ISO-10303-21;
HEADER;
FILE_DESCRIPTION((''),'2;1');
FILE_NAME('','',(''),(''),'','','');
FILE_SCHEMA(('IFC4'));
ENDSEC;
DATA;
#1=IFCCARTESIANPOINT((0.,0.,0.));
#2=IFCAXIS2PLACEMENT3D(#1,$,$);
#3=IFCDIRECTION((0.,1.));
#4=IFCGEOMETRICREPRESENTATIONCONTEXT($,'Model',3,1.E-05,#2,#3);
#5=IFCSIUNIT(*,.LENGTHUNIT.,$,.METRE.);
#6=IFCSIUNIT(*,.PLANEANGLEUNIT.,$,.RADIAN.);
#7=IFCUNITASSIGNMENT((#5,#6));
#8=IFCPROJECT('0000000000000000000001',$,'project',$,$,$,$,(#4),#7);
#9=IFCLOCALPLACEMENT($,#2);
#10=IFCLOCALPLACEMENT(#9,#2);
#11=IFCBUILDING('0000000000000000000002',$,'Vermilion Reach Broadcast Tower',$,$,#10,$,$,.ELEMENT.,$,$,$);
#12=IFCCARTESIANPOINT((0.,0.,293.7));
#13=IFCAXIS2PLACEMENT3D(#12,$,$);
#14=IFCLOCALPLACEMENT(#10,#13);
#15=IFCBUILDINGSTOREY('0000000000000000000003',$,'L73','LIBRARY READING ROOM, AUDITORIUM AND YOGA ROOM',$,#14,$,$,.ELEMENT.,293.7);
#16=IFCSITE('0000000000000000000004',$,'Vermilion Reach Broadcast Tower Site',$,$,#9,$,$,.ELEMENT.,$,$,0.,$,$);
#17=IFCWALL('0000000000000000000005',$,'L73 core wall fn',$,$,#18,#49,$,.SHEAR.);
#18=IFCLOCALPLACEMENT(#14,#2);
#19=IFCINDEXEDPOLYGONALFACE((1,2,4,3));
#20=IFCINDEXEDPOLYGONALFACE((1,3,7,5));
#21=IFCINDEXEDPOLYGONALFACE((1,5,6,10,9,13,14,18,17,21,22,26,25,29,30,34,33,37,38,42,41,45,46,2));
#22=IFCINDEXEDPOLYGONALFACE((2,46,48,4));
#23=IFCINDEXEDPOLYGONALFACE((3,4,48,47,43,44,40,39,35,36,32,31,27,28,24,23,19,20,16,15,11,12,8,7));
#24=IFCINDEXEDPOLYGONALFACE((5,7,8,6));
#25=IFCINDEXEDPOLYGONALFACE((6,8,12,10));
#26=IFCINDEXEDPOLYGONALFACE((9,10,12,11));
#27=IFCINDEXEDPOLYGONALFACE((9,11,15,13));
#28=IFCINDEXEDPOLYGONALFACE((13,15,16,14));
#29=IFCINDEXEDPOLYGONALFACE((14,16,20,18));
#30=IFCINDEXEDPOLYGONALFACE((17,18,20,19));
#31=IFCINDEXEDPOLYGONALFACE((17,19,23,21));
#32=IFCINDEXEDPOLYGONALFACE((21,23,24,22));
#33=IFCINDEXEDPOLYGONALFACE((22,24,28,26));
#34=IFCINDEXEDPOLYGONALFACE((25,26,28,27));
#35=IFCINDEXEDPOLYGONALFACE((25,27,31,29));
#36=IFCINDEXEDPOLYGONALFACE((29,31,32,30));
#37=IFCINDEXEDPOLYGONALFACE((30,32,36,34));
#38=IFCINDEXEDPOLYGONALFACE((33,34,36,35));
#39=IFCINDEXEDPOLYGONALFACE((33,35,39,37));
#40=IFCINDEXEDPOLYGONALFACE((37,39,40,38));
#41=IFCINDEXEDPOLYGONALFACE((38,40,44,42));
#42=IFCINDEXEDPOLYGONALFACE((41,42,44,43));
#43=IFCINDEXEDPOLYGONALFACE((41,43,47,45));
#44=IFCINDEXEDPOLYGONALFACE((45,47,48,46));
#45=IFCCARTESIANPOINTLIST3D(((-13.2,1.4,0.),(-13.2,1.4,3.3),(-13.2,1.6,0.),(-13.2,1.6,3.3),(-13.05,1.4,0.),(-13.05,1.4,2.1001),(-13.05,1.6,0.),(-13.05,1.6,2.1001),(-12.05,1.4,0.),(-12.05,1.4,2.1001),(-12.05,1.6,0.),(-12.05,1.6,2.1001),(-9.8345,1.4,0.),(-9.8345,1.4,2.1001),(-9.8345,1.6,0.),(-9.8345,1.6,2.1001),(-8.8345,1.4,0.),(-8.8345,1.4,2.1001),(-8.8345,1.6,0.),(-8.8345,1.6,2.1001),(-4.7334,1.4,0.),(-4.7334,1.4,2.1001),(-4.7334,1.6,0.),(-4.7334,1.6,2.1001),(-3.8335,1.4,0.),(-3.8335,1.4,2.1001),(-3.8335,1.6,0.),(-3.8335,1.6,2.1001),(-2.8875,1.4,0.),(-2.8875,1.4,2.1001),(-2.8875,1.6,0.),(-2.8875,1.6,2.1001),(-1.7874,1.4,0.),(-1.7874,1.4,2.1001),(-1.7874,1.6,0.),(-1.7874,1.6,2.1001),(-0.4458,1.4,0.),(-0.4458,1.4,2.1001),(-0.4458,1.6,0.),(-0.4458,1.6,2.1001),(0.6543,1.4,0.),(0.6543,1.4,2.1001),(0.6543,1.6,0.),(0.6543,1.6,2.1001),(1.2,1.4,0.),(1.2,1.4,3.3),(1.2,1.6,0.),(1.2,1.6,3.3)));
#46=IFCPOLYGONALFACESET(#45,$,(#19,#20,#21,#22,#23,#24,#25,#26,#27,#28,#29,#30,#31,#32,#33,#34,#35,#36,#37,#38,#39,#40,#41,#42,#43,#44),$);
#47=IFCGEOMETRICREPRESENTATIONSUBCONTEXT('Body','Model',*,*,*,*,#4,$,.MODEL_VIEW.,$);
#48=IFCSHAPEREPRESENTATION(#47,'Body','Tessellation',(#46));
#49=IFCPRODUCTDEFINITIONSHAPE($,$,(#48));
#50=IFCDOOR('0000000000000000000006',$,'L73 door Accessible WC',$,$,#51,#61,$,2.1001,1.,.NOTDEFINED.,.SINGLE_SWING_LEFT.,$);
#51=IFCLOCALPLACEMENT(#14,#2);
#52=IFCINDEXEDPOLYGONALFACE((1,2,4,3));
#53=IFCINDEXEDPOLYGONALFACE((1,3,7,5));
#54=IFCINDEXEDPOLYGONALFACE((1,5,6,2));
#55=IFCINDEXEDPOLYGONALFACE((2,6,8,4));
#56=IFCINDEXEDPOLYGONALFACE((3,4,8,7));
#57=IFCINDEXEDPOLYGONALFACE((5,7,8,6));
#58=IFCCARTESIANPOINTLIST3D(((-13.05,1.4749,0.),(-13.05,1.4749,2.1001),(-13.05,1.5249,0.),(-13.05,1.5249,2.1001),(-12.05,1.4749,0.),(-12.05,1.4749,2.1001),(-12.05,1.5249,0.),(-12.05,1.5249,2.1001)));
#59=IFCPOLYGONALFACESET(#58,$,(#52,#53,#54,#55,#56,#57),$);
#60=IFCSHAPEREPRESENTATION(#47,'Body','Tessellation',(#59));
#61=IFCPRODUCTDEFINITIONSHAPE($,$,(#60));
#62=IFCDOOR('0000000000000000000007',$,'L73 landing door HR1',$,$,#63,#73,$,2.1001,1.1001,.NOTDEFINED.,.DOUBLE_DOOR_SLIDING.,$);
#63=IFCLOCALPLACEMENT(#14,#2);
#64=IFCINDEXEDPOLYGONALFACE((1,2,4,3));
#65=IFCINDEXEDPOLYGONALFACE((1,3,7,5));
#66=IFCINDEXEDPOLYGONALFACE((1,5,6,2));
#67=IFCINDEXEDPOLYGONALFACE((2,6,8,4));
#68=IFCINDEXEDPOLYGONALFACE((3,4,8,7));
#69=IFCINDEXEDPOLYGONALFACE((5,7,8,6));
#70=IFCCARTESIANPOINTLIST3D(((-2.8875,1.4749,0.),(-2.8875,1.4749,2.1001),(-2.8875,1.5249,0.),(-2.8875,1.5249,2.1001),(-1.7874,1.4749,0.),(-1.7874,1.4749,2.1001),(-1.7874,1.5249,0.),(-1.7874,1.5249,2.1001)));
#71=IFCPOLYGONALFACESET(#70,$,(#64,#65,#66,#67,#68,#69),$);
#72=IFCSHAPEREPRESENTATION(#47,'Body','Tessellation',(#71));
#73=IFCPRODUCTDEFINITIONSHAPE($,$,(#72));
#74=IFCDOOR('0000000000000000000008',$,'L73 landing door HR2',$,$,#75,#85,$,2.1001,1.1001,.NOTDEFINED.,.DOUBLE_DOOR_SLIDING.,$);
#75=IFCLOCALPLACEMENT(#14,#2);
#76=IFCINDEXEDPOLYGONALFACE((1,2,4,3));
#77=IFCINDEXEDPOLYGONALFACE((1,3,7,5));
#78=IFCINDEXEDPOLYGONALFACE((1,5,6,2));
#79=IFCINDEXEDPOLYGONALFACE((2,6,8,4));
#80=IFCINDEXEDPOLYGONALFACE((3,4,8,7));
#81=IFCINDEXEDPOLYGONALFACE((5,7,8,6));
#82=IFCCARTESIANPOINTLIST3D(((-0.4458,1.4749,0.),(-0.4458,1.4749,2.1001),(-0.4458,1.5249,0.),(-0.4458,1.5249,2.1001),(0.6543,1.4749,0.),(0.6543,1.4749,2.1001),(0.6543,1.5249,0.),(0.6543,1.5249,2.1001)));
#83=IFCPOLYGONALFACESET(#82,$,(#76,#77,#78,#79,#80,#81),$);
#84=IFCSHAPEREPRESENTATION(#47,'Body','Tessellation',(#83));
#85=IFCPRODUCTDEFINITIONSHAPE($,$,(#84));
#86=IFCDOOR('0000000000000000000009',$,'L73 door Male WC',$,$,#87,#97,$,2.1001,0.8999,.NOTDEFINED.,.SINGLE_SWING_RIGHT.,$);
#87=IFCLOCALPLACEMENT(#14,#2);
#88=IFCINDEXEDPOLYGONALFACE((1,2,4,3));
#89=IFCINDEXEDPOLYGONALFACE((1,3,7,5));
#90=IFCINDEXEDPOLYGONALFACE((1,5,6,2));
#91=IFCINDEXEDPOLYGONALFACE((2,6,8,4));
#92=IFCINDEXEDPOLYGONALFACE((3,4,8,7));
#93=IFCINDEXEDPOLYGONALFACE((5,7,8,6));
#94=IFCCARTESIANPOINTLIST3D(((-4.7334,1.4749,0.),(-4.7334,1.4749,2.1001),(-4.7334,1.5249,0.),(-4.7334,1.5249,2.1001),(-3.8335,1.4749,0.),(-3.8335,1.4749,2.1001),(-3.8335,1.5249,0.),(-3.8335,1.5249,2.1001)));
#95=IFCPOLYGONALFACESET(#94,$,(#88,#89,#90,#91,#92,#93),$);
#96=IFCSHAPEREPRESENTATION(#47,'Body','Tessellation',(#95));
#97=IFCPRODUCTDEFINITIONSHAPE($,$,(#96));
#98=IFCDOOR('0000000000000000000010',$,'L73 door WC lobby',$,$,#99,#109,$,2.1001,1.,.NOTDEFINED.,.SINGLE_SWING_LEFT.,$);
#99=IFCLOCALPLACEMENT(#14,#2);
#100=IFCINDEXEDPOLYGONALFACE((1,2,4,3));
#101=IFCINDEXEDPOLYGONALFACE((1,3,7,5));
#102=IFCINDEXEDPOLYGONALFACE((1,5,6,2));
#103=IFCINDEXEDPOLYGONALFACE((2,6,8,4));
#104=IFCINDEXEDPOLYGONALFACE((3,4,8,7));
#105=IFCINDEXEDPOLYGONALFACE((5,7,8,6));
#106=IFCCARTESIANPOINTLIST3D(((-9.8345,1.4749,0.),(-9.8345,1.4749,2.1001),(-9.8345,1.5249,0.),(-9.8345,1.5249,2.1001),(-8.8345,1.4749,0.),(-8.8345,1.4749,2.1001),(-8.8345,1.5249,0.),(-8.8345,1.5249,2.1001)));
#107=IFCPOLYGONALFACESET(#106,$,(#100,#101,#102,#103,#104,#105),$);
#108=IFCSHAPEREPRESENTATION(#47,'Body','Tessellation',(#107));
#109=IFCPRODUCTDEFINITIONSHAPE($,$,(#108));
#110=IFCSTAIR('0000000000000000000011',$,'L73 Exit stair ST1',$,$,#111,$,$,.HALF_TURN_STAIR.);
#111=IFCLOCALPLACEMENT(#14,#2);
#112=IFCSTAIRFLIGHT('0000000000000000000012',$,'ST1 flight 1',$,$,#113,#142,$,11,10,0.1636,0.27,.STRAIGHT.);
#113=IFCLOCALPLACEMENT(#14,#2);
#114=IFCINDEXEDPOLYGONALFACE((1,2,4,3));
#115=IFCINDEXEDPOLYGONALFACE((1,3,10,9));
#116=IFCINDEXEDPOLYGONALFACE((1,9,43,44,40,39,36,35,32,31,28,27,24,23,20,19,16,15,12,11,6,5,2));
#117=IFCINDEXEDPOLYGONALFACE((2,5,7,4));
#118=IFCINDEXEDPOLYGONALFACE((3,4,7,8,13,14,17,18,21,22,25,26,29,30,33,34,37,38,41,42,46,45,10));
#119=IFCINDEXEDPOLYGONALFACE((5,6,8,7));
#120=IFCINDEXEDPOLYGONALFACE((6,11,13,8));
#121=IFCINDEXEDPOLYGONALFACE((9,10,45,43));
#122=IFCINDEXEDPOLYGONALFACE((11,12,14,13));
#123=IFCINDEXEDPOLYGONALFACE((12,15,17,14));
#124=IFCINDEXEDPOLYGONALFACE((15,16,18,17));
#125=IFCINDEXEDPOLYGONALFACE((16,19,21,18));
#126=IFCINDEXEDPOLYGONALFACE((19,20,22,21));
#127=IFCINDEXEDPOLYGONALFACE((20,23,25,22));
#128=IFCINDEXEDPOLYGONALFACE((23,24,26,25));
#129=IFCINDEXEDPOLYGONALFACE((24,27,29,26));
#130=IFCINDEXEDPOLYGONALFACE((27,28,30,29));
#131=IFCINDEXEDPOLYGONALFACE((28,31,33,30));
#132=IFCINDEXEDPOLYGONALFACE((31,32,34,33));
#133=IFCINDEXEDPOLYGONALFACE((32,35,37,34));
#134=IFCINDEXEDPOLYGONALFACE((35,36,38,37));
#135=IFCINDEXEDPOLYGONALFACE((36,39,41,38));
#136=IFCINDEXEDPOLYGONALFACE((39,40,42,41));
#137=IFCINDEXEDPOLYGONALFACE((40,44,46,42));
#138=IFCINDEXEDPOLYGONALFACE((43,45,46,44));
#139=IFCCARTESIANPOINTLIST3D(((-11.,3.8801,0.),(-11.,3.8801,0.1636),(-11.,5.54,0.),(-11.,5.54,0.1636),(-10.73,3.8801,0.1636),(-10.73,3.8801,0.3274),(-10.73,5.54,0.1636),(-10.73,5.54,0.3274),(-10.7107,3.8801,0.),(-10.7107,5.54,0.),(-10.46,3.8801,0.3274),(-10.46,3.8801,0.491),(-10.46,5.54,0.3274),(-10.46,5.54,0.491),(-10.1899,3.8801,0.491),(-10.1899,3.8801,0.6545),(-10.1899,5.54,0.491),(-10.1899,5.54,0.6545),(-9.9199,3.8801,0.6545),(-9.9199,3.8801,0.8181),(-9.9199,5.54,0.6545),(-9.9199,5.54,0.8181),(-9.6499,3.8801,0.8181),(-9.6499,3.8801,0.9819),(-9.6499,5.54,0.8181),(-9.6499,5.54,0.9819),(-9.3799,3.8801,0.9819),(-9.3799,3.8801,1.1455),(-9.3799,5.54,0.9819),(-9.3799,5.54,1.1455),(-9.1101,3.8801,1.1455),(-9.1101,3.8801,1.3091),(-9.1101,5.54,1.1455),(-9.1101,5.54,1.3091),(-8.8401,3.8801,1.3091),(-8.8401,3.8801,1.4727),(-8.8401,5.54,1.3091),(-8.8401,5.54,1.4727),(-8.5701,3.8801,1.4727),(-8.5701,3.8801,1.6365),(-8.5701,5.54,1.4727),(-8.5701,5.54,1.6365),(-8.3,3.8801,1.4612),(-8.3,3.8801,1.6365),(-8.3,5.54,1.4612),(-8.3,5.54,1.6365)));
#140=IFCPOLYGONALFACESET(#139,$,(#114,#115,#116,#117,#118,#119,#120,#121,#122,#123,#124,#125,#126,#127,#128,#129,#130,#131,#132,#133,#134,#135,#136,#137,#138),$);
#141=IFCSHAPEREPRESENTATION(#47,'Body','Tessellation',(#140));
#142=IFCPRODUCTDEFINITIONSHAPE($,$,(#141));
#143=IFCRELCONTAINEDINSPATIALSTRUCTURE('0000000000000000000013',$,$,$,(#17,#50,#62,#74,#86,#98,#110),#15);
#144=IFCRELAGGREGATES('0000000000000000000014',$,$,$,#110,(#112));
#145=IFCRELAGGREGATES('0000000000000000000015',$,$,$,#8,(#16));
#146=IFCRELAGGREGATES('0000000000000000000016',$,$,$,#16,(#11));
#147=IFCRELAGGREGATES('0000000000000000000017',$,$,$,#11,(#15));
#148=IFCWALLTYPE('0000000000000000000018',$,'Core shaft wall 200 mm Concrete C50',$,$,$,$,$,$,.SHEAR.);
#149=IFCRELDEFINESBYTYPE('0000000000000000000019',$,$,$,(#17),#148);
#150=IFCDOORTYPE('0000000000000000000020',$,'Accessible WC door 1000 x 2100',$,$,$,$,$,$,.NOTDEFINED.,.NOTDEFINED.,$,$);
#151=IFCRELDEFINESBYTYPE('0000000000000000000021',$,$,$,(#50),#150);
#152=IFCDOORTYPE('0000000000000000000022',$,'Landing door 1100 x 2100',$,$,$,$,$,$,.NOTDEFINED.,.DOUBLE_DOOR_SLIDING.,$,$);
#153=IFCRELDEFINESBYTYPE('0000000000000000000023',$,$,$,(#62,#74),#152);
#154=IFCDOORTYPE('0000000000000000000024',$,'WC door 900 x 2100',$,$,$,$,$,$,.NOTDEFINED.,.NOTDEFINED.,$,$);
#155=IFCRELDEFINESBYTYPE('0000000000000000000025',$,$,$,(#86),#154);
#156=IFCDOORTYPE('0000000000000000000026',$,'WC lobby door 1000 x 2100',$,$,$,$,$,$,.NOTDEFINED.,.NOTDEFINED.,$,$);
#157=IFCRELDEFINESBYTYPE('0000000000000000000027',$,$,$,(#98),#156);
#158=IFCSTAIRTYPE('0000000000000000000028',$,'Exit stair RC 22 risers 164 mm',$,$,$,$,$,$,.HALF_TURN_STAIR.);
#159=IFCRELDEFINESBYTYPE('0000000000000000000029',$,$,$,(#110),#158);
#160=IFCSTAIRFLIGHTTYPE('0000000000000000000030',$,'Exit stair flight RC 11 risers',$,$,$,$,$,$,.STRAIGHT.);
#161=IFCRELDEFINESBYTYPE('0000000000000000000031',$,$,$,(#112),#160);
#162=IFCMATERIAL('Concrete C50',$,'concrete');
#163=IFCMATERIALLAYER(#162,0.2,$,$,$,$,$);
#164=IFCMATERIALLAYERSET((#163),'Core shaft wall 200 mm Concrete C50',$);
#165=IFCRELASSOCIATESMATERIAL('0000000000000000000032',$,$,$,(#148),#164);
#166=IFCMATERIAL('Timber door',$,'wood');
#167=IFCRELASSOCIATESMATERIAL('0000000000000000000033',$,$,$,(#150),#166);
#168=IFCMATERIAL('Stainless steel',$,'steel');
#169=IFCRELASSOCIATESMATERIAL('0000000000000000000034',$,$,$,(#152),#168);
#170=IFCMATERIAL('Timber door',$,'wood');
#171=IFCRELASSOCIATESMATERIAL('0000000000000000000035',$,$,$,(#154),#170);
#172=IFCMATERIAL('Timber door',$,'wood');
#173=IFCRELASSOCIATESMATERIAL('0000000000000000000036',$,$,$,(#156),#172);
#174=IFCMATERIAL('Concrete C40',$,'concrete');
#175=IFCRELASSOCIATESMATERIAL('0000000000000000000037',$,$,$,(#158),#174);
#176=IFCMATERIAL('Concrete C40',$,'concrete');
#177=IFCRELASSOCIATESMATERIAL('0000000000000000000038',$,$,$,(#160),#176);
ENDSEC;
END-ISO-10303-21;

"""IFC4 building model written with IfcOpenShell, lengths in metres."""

from ifc_helpers import new_model, si_unit, direction, frame, frame_2d, origin, place, context, subcontext, project, spatial, polyline, rectangle, outline, extrude, material, layer, layer_set, type_object, element, fill, aggregate, save


model = new_model("IFC4")

# Units and contexts
model_context = context("Model", 3, precision=1e-05, world=origin(), true_north=direction((0.0, 1.0)))
body_context = subcontext(model_context, "Body", "Model", "MODEL_VIEW")
ifc_project = project(units=[si_unit("LENGTHUNIT", "METRE"), si_unit("PLANEANGLEUNIT", "RADIAN")], contexts=[model_context])

# Site, building, storey
site_placement = place(None, origin())
site = spatial("IfcSite", under=ifc_project, at=site_placement, Name="Vermilion Reach Broadcast Tower Site", CompositionType="ELEMENT", RefElevation=0.0)
building_placement = place(site_placement, origin())
building = spatial("IfcBuilding", under=site, at=building_placement, Name="Vermilion Reach Broadcast Tower", CompositionType="ELEMENT")
storey_placement = place(building_placement, frame((0.0, 0.0, 293.7)))
storey = spatial("IfcBuildingStorey", under=building, at=storey_placement, Name="L73", Description="LIBRARY READING ROOM, AUDITORIUM AND YOGA ROOM", CompositionType="ELEMENT", Elevation=293.7)

# Wall, openings, doors
ifc_material_1 = material(Name="Concrete C50", Category="concrete")
ifc_layer_1 = layer(ifc_material_1, 0.2)
ifc_layer_set_1 = layer_set([ifc_layer_1], Name="Core shaft wall 200 mm Concrete C50")
wall_type_1 = type_object("IfcWallType", Name="Core shaft wall 200 mm Concrete C50", PredefinedType="SHEAR", material=ifc_layer_set_1)
wall_1_placement = place(storey_placement, frame((-13.2, 1.5, 0.0), z_axis=(0.0, 0.0, 1.0), x_axis=(1.0, 0.0, 0.0)))
wall_1 = element("IfcWall", 1, at=wall_1_placement, inside=storey, type_object=wall_type_1, Name="L73 core wall fn", PredefinedType="SHEAR", context=body_context, shape_type="SweptSolid", body=[
    extrude(rectangle(XDim=14.3999, YDim=0.2, at=frame_2d((7.2, 0.0))), origin(), (0.0, 0.0, 1.0), 3.3),
])
opening_1_placement = place(wall_1_placement, frame((10.3125, 0.0, 0.0)))
opening_1 = element("IfcOpeningElement", 2, at=opening_1_placement, cuts=wall_1, PredefinedType="OPENING", context=body_context, shape_type="SweptSolid", body=[
    extrude(rectangle(XDim=1.1001, YDim=2.1001, at=frame_2d((0.55, 1.05))), frame((0.0, 0.1099, 0.0), z_axis=(0.0, -1.0, 0.0), x_axis=(1.0, 0.0, 0.0)), (0.0, 0.0, 1.0), 0.22),
])
opening_2_placement = place(wall_1_placement, frame((12.7542, 0.0, 0.0)))
opening_2 = element("IfcOpeningElement", 3, at=opening_2_placement, cuts=wall_1, PredefinedType="OPENING", context=body_context, shape_type="SweptSolid", body=[
    extrude(rectangle(XDim=1.1001, YDim=2.1001, at=frame_2d((0.55, 1.05))), frame((0.0, 0.1099, 0.0), z_axis=(0.0, -1.0, 0.0), x_axis=(1.0, 0.0, 0.0)), (0.0, 0.0, 1.0), 0.22),
])
opening_3_placement = place(wall_1_placement, frame((0.1499, 0.0, 0.0)))
opening_3 = element("IfcOpeningElement", 4, at=opening_3_placement, cuts=wall_1, PredefinedType="OPENING", context=body_context, shape_type="SweptSolid", body=[
    extrude(rectangle(XDim=1.0, YDim=2.1001, at=frame_2d((0.5, 1.05))), frame((0.0, 0.1099, 0.0), z_axis=(0.0, -1.0, 0.0), x_axis=(1.0, 0.0, 0.0)), (0.0, 0.0, 1.0), 0.22),
])
opening_4_placement = place(wall_1_placement, frame((3.3655, 0.0, 0.0)))
opening_4 = element("IfcOpeningElement", 5, at=opening_4_placement, cuts=wall_1, PredefinedType="OPENING", context=body_context, shape_type="SweptSolid", body=[
    extrude(rectangle(XDim=1.0, YDim=2.1001, at=frame_2d((0.5, 1.05))), frame((0.0, 0.1099, 0.0), z_axis=(0.0, -1.0, 0.0), x_axis=(1.0, 0.0, 0.0)), (0.0, 0.0, 1.0), 0.22),
])
opening_5_placement = place(wall_1_placement, frame((8.4666, 0.0, 0.0)))
opening_5 = element("IfcOpeningElement", 6, at=opening_5_placement, cuts=wall_1, PredefinedType="OPENING", context=body_context, shape_type="SweptSolid", body=[
    extrude(rectangle(XDim=0.8999, YDim=2.1001, at=frame_2d((0.45, 1.05))), frame((0.0, 0.1099, 0.0), z_axis=(0.0, -1.0, 0.0), x_axis=(1.0, 0.0, 0.0)), (0.0, 0.0, 1.0), 0.22),
])
ifc_material_2 = material(Name="Timber door", Category="wood")
door_type_1 = type_object("IfcDoorType", Name="Accessible WC door 1000 x 2100", OperationType="NOTDEFINED", PredefinedType="NOTDEFINED", material=ifc_material_2)
door_1_placement = place(opening_3_placement, origin())
door_1 = element("IfcDoor", 7, at=door_1_placement, inside=storey, type_object=door_type_1, Name="L73 door Accessible WC", OperationType="SINGLE_SWING_LEFT", OverallHeight=2.1001, OverallWidth=1.0, PredefinedType="NOTDEFINED", context=body_context, shape_type="SweptSolid", body=[
    extrude(rectangle(XDim=1.0, YDim=2.1001, at=frame_2d((0.5, 1.05))), frame((0.0, 0.0249, 0.0), z_axis=(0.0, -1.0, 0.0), x_axis=(1.0, 0.0, 0.0)), (0.0, 0.0, 1.0), 0.05),
])
fill(opening_3, door_1)
ifc_material_3 = material(Name="Stainless steel", Category="steel")
door_type_2 = type_object("IfcDoorType", Name="Landing door 1100 x 2100", OperationType="DOUBLE_DOOR_SLIDING", PredefinedType="NOTDEFINED", material=ifc_material_3)
door_2_placement = place(opening_1_placement, origin())
door_2 = element("IfcDoor", 8, at=door_2_placement, inside=storey, type_object=door_type_2, Name="L73 landing door HR1", OperationType="DOUBLE_DOOR_SLIDING", OverallHeight=2.1001, OverallWidth=1.1001, PredefinedType="NOTDEFINED", context=body_context, shape_type="SweptSolid", body=[
    extrude(rectangle(XDim=1.1001, YDim=2.1001, at=frame_2d((0.55, 1.05))), frame((0.0, 0.0249, 0.0), z_axis=(0.0, -1.0, 0.0), x_axis=(1.0, 0.0, 0.0)), (0.0, 0.0, 1.0), 0.05),
])
fill(opening_1, door_2)
door_3_placement = place(opening_2_placement, origin())
door_3 = element("IfcDoor", 9, at=door_3_placement, inside=storey, type_object=door_type_2, Name="L73 landing door HR2", OperationType="DOUBLE_DOOR_SLIDING", OverallHeight=2.1001, OverallWidth=1.1001, PredefinedType="NOTDEFINED", context=body_context, shape_type="SweptSolid", body=[
    extrude(rectangle(XDim=1.1001, YDim=2.1001, at=frame_2d((0.55, 1.05))), frame((0.0, 0.0249, 0.0), z_axis=(0.0, -1.0, 0.0), x_axis=(1.0, 0.0, 0.0)), (0.0, 0.0, 1.0), 0.05),
])
fill(opening_2, door_3)
ifc_material_4 = material(Name="Timber door", Category="wood")
door_type_3 = type_object("IfcDoorType", Name="WC door 900 x 2100", OperationType="NOTDEFINED", PredefinedType="NOTDEFINED", material=ifc_material_4)
door_4_placement = place(opening_5_placement, origin())
door_4 = element("IfcDoor", 10, at=door_4_placement, inside=storey, type_object=door_type_3, Name="L73 door Male WC", OperationType="SINGLE_SWING_RIGHT", OverallHeight=2.1001, OverallWidth=0.8999, PredefinedType="NOTDEFINED", context=body_context, shape_type="SweptSolid", body=[
    extrude(rectangle(XDim=0.8999, YDim=2.1001, at=frame_2d((0.45, 1.05))), frame((0.0, 0.0249, 0.0), z_axis=(0.0, -1.0, 0.0), x_axis=(1.0, 0.0, 0.0)), (0.0, 0.0, 1.0), 0.05),
])
fill(opening_5, door_4)
ifc_material_5 = material(Name="Timber door", Category="wood")
door_type_4 = type_object("IfcDoorType", Name="WC lobby door 1000 x 2100", OperationType="NOTDEFINED", PredefinedType="NOTDEFINED", material=ifc_material_5)
door_5_placement = place(opening_4_placement, origin())
door_5 = element("IfcDoor", 11, at=door_5_placement, inside=storey, type_object=door_type_4, Name="L73 door WC lobby", OperationType="SINGLE_SWING_LEFT", OverallHeight=2.1001, OverallWidth=1.0, PredefinedType="NOTDEFINED", context=body_context, shape_type="SweptSolid", body=[
    extrude(rectangle(XDim=1.0, YDim=2.1001, at=frame_2d((0.5, 1.05))), frame((0.0, 0.0249, 0.0), z_axis=(0.0, -1.0, 0.0), x_axis=(1.0, 0.0, 0.0)), (0.0, 0.0, 1.0), 0.05),
])
fill(opening_4, door_5)

# Stair, stair flight
ifc_material_6 = material(Name="Concrete C40", Category="concrete")
stair_type = type_object("IfcStairType", Name="Exit stair RC 22 risers 164 mm", PredefinedType="HALF_TURN_STAIR", material=ifc_material_6)
stair_placement = place(storey_placement, origin())
stair = element("IfcStair", 12, at=stair_placement, inside=storey, type_object=stair_type, Name="L73 Exit stair ST1", PredefinedType="HALF_TURN_STAIR")
ifc_material_7 = material(Name="Concrete C40", Category="concrete")
stair_flight_type = type_object("IfcStairFlightType", Name="Exit stair flight RC 11 risers", PredefinedType="STRAIGHT", material=ifc_material_7)
stair_flight_1_placement = place(storey_placement, frame((-11.0, 4.71, 0.0), z_axis=(0.0, 0.0, 1.0), x_axis=(1.0, 0.0, 0.0)))
stair_flight_1 = element("IfcStairFlight", 13, at=stair_flight_1_placement, type_object=stair_flight_type, Name="ST1 flight 1", NumberOfRisers=11, NumberOfTreads=10, PredefinedType="STRAIGHT", RiserHeight=0.1636, TreadLength=0.27, context=body_context, shape_type="SweptSolid", body=[
    extrude(outline(polyline([(0.0, 0.0), (0.0, 0.1636), (0.27, 0.1636), (0.27, 0.3274), (0.54, 0.3274), (0.54, 0.491), (0.8101, 0.491), (0.8101, 0.6545), (1.0801, 0.6545), (1.0801, 0.8181), (1.3501, 0.8181), (1.3501, 0.9819), (1.6201, 0.9819), (1.6201, 1.1455), (1.8899, 1.1455), (1.8899, 1.3091), (2.1599, 1.3091), (2.1599, 1.4727), (2.4299, 1.4727), (2.4299, 1.6365), (2.7, 1.6365), (2.7, 1.8), (2.7, 1.4612), (0.2893, 0.0), (0.0, 0.0)])), frame((0.0, 0.8301, 0.0), z_axis=(0.0, -1.0, 0.0), x_axis=(1.0, 0.0, 0.0)), (0.0, 0.0, 1.0), 1.6599),
])
aggregate(stair, [stair_flight_1])

save(model, "model.ifc")
